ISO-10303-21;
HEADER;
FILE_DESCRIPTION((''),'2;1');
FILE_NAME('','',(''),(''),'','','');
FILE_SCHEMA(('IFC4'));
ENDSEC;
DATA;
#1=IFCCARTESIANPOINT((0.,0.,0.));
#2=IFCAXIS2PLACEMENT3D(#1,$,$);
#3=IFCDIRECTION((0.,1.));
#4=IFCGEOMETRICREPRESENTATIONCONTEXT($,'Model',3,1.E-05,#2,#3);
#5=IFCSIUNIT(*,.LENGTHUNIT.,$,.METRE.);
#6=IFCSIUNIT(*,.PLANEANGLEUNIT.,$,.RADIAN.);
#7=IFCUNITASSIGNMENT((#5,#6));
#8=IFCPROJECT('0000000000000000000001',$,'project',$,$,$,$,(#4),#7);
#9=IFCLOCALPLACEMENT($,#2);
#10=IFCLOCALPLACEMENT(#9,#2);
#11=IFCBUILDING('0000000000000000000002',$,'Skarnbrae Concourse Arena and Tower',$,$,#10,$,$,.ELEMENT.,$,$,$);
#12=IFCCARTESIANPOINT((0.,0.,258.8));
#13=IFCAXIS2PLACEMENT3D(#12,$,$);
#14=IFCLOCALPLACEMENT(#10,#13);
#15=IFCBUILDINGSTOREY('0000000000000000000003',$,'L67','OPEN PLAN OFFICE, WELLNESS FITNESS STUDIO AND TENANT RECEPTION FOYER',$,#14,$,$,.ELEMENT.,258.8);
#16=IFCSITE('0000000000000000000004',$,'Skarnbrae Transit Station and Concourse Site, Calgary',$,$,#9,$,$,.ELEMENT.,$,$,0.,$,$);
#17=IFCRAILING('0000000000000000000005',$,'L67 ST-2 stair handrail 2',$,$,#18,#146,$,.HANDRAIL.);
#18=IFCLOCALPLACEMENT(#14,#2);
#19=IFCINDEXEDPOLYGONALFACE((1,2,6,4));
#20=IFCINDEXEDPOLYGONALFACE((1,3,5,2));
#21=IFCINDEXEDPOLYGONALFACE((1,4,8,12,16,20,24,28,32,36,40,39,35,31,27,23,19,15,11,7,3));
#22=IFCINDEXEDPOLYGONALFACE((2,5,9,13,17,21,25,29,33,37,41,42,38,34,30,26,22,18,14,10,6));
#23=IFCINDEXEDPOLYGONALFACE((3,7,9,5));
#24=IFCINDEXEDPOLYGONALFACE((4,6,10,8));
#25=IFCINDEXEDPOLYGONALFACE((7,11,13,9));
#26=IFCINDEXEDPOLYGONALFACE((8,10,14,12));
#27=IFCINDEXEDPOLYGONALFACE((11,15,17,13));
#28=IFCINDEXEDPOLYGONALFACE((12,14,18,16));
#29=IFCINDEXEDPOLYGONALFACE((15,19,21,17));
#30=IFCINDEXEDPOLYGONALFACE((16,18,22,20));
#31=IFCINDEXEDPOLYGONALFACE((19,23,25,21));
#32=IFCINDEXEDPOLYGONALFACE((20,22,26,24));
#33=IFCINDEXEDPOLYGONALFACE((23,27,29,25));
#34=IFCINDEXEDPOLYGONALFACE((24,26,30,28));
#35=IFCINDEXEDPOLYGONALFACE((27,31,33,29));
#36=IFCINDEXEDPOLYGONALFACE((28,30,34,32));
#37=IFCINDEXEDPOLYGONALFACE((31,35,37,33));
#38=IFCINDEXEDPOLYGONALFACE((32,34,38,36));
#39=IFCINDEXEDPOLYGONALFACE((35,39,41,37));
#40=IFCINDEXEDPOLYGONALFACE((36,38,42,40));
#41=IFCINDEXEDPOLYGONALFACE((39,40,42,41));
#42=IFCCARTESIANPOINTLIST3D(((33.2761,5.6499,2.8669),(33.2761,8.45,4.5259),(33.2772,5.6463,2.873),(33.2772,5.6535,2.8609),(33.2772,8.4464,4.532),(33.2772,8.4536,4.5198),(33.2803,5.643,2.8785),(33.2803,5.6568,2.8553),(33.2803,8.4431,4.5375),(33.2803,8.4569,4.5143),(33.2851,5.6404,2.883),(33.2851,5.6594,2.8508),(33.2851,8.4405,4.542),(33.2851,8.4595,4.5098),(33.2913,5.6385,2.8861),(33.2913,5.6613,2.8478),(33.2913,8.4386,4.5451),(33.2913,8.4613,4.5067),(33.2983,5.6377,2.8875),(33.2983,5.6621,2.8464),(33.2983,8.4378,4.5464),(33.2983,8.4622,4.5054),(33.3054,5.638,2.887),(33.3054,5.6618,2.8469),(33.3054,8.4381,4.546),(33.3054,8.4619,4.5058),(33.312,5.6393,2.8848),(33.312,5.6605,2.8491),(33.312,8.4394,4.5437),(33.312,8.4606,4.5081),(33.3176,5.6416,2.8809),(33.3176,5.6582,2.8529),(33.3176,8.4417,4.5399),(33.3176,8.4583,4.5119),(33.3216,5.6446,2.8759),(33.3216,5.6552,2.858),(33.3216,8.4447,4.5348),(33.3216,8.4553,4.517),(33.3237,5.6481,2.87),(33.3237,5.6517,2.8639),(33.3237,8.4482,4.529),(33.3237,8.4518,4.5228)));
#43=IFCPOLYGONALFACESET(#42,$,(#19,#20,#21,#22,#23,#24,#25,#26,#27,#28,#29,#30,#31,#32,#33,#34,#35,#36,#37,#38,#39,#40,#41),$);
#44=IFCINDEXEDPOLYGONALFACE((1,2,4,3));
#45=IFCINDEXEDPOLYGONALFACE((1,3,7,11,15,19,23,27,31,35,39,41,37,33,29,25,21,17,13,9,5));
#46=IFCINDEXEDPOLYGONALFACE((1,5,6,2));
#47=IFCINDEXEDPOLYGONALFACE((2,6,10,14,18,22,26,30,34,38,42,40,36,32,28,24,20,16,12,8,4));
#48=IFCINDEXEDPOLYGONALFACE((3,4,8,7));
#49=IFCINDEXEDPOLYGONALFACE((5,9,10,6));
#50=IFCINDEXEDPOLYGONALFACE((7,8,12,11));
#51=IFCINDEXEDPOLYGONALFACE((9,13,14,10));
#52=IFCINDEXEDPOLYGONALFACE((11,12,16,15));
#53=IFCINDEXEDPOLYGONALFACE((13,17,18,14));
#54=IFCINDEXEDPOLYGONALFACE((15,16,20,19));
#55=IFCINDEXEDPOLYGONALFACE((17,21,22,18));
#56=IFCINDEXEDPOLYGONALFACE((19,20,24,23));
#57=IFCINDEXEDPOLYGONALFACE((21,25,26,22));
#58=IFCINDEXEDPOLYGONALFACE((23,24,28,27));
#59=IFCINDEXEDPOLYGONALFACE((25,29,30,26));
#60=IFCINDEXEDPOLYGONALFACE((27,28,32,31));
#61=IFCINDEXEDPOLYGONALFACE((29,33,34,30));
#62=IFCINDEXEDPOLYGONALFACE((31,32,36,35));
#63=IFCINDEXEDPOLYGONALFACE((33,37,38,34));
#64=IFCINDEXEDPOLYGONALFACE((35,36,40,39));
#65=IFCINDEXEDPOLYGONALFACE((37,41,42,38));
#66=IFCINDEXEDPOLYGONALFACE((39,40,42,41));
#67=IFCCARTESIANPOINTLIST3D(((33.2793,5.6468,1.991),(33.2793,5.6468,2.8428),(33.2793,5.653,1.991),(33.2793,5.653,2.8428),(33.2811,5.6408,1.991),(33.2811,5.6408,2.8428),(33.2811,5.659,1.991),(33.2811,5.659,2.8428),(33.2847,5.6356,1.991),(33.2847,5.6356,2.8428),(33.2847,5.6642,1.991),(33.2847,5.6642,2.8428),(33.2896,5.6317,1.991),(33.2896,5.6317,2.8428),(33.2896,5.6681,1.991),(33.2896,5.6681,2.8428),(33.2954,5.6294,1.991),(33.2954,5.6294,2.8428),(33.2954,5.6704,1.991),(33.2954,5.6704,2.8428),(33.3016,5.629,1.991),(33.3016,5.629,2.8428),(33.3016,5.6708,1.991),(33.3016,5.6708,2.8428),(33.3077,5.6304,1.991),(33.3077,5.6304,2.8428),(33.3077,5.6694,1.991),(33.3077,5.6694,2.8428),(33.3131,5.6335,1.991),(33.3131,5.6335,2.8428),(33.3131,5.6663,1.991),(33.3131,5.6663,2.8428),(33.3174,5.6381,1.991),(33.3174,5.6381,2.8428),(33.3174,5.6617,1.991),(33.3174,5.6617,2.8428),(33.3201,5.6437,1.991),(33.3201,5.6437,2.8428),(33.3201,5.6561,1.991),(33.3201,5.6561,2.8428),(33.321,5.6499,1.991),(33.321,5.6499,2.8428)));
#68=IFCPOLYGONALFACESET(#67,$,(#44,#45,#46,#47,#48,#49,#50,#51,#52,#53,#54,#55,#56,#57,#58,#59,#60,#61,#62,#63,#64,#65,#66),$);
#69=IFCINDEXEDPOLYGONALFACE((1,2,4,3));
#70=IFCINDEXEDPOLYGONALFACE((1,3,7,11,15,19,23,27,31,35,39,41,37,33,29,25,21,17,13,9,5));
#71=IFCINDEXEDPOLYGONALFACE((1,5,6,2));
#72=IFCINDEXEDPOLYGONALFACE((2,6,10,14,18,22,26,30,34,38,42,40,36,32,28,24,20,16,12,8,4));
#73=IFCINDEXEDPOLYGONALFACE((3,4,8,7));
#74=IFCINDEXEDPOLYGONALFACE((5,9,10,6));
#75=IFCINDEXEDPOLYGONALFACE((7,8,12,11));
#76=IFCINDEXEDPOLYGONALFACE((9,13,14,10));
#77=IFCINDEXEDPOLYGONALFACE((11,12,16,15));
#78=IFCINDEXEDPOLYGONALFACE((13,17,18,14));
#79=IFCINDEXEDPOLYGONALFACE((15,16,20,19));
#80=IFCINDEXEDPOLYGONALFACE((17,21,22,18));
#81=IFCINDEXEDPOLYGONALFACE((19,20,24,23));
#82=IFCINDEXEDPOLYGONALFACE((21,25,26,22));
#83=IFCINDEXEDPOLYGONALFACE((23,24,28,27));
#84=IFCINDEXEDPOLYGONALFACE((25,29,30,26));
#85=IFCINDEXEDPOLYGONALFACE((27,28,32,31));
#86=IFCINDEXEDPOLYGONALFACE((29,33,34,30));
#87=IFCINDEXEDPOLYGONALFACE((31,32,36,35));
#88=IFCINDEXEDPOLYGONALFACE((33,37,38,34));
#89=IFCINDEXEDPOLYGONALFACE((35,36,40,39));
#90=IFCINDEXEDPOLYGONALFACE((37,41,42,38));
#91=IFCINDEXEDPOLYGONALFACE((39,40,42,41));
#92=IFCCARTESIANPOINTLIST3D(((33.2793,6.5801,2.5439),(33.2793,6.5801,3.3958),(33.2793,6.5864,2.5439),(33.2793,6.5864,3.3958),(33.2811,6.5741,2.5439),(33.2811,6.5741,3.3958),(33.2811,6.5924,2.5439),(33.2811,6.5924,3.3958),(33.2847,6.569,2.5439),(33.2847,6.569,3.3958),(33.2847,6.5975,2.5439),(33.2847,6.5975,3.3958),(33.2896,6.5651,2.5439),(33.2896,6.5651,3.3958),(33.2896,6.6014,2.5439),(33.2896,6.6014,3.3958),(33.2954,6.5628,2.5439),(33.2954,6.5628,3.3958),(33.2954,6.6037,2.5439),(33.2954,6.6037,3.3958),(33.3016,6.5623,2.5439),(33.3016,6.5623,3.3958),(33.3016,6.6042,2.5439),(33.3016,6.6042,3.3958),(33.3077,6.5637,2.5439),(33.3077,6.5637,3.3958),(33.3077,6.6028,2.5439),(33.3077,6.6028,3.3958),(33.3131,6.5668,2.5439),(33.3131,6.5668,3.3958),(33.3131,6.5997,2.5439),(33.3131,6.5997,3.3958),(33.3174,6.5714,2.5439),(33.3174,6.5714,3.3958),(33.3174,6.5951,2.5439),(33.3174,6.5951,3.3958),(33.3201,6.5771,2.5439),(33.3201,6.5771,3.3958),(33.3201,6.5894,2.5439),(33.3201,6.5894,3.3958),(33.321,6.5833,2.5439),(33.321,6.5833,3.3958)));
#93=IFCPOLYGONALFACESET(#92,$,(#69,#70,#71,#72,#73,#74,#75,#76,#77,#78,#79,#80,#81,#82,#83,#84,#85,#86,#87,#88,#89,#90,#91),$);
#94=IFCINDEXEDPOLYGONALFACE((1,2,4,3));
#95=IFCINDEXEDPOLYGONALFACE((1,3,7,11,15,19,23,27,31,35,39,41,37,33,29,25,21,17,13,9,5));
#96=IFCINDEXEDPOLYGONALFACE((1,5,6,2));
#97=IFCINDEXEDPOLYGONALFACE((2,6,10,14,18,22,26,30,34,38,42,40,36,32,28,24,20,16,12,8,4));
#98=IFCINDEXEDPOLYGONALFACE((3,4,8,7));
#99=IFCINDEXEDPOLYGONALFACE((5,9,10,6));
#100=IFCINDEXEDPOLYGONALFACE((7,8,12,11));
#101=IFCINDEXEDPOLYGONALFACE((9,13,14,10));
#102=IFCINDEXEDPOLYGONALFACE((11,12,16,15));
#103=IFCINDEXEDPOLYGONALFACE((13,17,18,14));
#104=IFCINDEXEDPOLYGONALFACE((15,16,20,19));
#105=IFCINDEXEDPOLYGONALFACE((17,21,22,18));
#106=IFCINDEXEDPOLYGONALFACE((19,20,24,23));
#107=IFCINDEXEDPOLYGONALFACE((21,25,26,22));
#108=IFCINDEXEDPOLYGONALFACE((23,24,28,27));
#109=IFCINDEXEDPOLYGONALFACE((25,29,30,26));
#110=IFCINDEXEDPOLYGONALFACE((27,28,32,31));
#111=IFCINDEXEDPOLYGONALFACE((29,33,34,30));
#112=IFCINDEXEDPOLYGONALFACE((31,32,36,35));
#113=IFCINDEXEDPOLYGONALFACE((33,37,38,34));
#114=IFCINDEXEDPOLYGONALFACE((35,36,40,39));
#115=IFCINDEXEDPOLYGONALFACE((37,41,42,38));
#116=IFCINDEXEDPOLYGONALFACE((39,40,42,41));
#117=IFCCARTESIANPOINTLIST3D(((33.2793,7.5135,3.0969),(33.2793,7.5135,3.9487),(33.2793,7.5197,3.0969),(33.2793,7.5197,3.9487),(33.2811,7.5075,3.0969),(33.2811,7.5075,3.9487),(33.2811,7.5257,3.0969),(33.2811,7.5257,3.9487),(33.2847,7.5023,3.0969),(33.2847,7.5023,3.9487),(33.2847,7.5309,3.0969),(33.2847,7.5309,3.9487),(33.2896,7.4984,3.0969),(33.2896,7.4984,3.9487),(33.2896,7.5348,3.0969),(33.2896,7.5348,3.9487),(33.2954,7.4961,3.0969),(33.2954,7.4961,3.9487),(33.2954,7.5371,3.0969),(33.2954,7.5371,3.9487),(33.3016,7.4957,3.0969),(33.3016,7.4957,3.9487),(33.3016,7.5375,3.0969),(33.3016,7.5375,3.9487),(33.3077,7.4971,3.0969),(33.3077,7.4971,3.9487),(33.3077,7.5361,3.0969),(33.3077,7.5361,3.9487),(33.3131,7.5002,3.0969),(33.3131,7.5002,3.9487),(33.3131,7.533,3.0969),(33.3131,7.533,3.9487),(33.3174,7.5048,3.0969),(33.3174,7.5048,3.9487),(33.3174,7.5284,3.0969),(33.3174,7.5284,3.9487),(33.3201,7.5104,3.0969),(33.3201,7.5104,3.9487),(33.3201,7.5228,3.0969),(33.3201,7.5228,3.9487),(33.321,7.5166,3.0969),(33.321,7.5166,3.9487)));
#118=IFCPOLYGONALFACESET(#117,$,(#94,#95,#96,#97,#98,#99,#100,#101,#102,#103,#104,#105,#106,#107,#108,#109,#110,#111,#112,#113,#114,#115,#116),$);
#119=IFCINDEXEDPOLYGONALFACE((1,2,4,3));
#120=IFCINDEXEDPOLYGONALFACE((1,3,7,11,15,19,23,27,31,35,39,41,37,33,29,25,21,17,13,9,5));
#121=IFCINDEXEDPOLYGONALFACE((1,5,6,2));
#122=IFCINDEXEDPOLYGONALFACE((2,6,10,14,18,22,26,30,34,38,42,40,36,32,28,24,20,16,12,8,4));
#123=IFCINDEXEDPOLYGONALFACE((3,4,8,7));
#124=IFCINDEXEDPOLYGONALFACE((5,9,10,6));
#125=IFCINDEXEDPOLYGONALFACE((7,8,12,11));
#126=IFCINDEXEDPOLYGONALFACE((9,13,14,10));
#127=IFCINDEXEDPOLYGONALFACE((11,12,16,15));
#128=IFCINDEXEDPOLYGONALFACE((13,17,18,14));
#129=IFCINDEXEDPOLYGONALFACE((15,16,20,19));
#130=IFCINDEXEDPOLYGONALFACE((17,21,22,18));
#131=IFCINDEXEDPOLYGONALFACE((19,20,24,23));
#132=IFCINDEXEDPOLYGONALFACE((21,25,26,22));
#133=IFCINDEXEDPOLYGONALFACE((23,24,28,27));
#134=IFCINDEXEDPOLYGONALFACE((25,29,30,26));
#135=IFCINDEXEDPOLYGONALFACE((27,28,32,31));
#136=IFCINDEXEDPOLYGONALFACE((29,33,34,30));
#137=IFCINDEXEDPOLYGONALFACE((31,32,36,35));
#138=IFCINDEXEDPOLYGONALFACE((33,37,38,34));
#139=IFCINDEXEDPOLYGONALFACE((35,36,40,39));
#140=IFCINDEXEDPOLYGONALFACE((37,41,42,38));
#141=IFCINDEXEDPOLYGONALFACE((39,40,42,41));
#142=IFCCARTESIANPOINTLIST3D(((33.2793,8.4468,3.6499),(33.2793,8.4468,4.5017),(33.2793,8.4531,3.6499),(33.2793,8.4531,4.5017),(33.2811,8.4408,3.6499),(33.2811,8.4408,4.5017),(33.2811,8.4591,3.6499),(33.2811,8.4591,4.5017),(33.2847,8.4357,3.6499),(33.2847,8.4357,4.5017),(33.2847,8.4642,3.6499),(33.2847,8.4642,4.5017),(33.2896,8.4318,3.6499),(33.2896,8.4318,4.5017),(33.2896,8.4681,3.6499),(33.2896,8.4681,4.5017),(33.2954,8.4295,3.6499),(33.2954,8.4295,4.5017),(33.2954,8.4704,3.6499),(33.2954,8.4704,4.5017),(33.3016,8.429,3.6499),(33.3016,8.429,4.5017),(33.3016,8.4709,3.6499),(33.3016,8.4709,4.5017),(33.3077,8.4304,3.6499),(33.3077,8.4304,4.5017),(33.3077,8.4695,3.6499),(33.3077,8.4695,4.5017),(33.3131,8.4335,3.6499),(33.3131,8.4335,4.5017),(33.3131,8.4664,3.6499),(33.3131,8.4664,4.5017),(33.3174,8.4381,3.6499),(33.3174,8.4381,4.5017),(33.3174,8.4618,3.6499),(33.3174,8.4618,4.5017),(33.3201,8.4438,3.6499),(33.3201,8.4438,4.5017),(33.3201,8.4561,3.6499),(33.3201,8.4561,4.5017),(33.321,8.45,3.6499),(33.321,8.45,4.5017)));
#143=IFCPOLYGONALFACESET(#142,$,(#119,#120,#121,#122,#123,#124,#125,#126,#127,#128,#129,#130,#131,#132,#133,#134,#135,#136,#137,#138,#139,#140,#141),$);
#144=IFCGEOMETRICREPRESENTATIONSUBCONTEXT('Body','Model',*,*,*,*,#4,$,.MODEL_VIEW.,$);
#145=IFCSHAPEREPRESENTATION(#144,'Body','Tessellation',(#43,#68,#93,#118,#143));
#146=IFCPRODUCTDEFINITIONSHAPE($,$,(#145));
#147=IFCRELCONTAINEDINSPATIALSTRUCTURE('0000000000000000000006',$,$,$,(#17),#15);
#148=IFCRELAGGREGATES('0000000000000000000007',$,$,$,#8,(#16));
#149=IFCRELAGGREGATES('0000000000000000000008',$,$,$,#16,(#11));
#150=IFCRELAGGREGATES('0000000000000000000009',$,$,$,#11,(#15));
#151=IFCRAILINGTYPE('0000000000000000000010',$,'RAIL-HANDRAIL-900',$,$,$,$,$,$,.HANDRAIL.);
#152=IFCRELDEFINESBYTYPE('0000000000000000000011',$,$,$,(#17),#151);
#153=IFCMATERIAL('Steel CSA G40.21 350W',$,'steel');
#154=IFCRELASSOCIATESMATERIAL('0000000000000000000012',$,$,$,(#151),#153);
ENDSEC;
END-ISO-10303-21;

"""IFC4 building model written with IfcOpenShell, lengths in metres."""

from ifc_helpers import new_model, si_unit, direction, frame, origin, origin_2d, place, context, subcontext, project, spatial, circle, extrude, material, type_object, element, save


model = new_model("IFC4")

# Units and contexts
model_context = context("Model", 3, precision=1e-05, world=origin(), true_north=direction((0.0, 1.0)))
body_context = subcontext(model_context, "Body", "Model", "MODEL_VIEW")
ifc_project = project(units=[si_unit("LENGTHUNIT", "METRE"), si_unit("PLANEANGLEUNIT", "RADIAN")], contexts=[model_context])

# Site, building, storey
site_placement = place(None, origin())
site = spatial("IfcSite", under=ifc_project, at=site_placement, Name="Skarnbrae Transit Station and Concourse Site, Calgary", CompositionType="ELEMENT", RefElevation=0.0)
building_placement = place(site_placement, origin())
building = spatial("IfcBuilding", under=site, at=building_placement, Name="Skarnbrae Concourse Arena and Tower", CompositionType="ELEMENT")
storey_placement = place(building_placement, frame((0.0, 0.0, 258.8)))
storey = spatial("IfcBuildingStorey", under=building, at=storey_placement, Name="L67", Description="OPEN PLAN OFFICE, WELLNESS FITNESS STUDIO AND TENANT RECEPTION FOYER", CompositionType="ELEMENT", Elevation=258.8)

# Shared definitions
ifc_material_1 = material(Name="Steel CSA G40.21 350W", Category="steel")

# Railing
railing_type_1 = type_object("IfcRailingType", Name="RAIL-HANDRAIL-900", PredefinedType="HANDRAIL", material=ifc_material_1)
railing_1_placement = place(storey_placement, frame((33.3, 5.6499, 1.991)))
element("IfcRailing", 1, at=railing_1_placement, inside=storey, type_object=railing_type_1, Name="L67 ST-2 stair handrail 2", PredefinedType="HANDRAIL", context=body_context, shape_type="SweptSolid", body=[
    extrude(circle(Radius=0.0239, at=origin_2d()), frame((0.0, 0.0, 0.876), z_axis=(0.0, 0.860339, 0.509722), x_axis=(-1.0, 0.0, 0.0)), (0.0, 0.0, 1.0), 3.2546),
    extrude(circle(Radius=0.021, at=origin_2d()), origin(), (0.0, 0.0, 1.0), 0.8518),
    extrude(circle(Radius=0.021, at=origin_2d()), frame((0.0, 0.9333, 0.553)), (0.0, 0.0, 1.0), 0.8518),
    extrude(circle(Radius=0.021, at=origin_2d()), frame((0.0, 1.8667, 1.106)), (0.0, 0.0, 1.0), 0.8518),
    extrude(circle(Radius=0.021, at=origin_2d()), frame((0.0, 2.8, 1.6589)), (0.0, 0.0, 1.0), 0.8518),
])

save(model, "model.ifc")
